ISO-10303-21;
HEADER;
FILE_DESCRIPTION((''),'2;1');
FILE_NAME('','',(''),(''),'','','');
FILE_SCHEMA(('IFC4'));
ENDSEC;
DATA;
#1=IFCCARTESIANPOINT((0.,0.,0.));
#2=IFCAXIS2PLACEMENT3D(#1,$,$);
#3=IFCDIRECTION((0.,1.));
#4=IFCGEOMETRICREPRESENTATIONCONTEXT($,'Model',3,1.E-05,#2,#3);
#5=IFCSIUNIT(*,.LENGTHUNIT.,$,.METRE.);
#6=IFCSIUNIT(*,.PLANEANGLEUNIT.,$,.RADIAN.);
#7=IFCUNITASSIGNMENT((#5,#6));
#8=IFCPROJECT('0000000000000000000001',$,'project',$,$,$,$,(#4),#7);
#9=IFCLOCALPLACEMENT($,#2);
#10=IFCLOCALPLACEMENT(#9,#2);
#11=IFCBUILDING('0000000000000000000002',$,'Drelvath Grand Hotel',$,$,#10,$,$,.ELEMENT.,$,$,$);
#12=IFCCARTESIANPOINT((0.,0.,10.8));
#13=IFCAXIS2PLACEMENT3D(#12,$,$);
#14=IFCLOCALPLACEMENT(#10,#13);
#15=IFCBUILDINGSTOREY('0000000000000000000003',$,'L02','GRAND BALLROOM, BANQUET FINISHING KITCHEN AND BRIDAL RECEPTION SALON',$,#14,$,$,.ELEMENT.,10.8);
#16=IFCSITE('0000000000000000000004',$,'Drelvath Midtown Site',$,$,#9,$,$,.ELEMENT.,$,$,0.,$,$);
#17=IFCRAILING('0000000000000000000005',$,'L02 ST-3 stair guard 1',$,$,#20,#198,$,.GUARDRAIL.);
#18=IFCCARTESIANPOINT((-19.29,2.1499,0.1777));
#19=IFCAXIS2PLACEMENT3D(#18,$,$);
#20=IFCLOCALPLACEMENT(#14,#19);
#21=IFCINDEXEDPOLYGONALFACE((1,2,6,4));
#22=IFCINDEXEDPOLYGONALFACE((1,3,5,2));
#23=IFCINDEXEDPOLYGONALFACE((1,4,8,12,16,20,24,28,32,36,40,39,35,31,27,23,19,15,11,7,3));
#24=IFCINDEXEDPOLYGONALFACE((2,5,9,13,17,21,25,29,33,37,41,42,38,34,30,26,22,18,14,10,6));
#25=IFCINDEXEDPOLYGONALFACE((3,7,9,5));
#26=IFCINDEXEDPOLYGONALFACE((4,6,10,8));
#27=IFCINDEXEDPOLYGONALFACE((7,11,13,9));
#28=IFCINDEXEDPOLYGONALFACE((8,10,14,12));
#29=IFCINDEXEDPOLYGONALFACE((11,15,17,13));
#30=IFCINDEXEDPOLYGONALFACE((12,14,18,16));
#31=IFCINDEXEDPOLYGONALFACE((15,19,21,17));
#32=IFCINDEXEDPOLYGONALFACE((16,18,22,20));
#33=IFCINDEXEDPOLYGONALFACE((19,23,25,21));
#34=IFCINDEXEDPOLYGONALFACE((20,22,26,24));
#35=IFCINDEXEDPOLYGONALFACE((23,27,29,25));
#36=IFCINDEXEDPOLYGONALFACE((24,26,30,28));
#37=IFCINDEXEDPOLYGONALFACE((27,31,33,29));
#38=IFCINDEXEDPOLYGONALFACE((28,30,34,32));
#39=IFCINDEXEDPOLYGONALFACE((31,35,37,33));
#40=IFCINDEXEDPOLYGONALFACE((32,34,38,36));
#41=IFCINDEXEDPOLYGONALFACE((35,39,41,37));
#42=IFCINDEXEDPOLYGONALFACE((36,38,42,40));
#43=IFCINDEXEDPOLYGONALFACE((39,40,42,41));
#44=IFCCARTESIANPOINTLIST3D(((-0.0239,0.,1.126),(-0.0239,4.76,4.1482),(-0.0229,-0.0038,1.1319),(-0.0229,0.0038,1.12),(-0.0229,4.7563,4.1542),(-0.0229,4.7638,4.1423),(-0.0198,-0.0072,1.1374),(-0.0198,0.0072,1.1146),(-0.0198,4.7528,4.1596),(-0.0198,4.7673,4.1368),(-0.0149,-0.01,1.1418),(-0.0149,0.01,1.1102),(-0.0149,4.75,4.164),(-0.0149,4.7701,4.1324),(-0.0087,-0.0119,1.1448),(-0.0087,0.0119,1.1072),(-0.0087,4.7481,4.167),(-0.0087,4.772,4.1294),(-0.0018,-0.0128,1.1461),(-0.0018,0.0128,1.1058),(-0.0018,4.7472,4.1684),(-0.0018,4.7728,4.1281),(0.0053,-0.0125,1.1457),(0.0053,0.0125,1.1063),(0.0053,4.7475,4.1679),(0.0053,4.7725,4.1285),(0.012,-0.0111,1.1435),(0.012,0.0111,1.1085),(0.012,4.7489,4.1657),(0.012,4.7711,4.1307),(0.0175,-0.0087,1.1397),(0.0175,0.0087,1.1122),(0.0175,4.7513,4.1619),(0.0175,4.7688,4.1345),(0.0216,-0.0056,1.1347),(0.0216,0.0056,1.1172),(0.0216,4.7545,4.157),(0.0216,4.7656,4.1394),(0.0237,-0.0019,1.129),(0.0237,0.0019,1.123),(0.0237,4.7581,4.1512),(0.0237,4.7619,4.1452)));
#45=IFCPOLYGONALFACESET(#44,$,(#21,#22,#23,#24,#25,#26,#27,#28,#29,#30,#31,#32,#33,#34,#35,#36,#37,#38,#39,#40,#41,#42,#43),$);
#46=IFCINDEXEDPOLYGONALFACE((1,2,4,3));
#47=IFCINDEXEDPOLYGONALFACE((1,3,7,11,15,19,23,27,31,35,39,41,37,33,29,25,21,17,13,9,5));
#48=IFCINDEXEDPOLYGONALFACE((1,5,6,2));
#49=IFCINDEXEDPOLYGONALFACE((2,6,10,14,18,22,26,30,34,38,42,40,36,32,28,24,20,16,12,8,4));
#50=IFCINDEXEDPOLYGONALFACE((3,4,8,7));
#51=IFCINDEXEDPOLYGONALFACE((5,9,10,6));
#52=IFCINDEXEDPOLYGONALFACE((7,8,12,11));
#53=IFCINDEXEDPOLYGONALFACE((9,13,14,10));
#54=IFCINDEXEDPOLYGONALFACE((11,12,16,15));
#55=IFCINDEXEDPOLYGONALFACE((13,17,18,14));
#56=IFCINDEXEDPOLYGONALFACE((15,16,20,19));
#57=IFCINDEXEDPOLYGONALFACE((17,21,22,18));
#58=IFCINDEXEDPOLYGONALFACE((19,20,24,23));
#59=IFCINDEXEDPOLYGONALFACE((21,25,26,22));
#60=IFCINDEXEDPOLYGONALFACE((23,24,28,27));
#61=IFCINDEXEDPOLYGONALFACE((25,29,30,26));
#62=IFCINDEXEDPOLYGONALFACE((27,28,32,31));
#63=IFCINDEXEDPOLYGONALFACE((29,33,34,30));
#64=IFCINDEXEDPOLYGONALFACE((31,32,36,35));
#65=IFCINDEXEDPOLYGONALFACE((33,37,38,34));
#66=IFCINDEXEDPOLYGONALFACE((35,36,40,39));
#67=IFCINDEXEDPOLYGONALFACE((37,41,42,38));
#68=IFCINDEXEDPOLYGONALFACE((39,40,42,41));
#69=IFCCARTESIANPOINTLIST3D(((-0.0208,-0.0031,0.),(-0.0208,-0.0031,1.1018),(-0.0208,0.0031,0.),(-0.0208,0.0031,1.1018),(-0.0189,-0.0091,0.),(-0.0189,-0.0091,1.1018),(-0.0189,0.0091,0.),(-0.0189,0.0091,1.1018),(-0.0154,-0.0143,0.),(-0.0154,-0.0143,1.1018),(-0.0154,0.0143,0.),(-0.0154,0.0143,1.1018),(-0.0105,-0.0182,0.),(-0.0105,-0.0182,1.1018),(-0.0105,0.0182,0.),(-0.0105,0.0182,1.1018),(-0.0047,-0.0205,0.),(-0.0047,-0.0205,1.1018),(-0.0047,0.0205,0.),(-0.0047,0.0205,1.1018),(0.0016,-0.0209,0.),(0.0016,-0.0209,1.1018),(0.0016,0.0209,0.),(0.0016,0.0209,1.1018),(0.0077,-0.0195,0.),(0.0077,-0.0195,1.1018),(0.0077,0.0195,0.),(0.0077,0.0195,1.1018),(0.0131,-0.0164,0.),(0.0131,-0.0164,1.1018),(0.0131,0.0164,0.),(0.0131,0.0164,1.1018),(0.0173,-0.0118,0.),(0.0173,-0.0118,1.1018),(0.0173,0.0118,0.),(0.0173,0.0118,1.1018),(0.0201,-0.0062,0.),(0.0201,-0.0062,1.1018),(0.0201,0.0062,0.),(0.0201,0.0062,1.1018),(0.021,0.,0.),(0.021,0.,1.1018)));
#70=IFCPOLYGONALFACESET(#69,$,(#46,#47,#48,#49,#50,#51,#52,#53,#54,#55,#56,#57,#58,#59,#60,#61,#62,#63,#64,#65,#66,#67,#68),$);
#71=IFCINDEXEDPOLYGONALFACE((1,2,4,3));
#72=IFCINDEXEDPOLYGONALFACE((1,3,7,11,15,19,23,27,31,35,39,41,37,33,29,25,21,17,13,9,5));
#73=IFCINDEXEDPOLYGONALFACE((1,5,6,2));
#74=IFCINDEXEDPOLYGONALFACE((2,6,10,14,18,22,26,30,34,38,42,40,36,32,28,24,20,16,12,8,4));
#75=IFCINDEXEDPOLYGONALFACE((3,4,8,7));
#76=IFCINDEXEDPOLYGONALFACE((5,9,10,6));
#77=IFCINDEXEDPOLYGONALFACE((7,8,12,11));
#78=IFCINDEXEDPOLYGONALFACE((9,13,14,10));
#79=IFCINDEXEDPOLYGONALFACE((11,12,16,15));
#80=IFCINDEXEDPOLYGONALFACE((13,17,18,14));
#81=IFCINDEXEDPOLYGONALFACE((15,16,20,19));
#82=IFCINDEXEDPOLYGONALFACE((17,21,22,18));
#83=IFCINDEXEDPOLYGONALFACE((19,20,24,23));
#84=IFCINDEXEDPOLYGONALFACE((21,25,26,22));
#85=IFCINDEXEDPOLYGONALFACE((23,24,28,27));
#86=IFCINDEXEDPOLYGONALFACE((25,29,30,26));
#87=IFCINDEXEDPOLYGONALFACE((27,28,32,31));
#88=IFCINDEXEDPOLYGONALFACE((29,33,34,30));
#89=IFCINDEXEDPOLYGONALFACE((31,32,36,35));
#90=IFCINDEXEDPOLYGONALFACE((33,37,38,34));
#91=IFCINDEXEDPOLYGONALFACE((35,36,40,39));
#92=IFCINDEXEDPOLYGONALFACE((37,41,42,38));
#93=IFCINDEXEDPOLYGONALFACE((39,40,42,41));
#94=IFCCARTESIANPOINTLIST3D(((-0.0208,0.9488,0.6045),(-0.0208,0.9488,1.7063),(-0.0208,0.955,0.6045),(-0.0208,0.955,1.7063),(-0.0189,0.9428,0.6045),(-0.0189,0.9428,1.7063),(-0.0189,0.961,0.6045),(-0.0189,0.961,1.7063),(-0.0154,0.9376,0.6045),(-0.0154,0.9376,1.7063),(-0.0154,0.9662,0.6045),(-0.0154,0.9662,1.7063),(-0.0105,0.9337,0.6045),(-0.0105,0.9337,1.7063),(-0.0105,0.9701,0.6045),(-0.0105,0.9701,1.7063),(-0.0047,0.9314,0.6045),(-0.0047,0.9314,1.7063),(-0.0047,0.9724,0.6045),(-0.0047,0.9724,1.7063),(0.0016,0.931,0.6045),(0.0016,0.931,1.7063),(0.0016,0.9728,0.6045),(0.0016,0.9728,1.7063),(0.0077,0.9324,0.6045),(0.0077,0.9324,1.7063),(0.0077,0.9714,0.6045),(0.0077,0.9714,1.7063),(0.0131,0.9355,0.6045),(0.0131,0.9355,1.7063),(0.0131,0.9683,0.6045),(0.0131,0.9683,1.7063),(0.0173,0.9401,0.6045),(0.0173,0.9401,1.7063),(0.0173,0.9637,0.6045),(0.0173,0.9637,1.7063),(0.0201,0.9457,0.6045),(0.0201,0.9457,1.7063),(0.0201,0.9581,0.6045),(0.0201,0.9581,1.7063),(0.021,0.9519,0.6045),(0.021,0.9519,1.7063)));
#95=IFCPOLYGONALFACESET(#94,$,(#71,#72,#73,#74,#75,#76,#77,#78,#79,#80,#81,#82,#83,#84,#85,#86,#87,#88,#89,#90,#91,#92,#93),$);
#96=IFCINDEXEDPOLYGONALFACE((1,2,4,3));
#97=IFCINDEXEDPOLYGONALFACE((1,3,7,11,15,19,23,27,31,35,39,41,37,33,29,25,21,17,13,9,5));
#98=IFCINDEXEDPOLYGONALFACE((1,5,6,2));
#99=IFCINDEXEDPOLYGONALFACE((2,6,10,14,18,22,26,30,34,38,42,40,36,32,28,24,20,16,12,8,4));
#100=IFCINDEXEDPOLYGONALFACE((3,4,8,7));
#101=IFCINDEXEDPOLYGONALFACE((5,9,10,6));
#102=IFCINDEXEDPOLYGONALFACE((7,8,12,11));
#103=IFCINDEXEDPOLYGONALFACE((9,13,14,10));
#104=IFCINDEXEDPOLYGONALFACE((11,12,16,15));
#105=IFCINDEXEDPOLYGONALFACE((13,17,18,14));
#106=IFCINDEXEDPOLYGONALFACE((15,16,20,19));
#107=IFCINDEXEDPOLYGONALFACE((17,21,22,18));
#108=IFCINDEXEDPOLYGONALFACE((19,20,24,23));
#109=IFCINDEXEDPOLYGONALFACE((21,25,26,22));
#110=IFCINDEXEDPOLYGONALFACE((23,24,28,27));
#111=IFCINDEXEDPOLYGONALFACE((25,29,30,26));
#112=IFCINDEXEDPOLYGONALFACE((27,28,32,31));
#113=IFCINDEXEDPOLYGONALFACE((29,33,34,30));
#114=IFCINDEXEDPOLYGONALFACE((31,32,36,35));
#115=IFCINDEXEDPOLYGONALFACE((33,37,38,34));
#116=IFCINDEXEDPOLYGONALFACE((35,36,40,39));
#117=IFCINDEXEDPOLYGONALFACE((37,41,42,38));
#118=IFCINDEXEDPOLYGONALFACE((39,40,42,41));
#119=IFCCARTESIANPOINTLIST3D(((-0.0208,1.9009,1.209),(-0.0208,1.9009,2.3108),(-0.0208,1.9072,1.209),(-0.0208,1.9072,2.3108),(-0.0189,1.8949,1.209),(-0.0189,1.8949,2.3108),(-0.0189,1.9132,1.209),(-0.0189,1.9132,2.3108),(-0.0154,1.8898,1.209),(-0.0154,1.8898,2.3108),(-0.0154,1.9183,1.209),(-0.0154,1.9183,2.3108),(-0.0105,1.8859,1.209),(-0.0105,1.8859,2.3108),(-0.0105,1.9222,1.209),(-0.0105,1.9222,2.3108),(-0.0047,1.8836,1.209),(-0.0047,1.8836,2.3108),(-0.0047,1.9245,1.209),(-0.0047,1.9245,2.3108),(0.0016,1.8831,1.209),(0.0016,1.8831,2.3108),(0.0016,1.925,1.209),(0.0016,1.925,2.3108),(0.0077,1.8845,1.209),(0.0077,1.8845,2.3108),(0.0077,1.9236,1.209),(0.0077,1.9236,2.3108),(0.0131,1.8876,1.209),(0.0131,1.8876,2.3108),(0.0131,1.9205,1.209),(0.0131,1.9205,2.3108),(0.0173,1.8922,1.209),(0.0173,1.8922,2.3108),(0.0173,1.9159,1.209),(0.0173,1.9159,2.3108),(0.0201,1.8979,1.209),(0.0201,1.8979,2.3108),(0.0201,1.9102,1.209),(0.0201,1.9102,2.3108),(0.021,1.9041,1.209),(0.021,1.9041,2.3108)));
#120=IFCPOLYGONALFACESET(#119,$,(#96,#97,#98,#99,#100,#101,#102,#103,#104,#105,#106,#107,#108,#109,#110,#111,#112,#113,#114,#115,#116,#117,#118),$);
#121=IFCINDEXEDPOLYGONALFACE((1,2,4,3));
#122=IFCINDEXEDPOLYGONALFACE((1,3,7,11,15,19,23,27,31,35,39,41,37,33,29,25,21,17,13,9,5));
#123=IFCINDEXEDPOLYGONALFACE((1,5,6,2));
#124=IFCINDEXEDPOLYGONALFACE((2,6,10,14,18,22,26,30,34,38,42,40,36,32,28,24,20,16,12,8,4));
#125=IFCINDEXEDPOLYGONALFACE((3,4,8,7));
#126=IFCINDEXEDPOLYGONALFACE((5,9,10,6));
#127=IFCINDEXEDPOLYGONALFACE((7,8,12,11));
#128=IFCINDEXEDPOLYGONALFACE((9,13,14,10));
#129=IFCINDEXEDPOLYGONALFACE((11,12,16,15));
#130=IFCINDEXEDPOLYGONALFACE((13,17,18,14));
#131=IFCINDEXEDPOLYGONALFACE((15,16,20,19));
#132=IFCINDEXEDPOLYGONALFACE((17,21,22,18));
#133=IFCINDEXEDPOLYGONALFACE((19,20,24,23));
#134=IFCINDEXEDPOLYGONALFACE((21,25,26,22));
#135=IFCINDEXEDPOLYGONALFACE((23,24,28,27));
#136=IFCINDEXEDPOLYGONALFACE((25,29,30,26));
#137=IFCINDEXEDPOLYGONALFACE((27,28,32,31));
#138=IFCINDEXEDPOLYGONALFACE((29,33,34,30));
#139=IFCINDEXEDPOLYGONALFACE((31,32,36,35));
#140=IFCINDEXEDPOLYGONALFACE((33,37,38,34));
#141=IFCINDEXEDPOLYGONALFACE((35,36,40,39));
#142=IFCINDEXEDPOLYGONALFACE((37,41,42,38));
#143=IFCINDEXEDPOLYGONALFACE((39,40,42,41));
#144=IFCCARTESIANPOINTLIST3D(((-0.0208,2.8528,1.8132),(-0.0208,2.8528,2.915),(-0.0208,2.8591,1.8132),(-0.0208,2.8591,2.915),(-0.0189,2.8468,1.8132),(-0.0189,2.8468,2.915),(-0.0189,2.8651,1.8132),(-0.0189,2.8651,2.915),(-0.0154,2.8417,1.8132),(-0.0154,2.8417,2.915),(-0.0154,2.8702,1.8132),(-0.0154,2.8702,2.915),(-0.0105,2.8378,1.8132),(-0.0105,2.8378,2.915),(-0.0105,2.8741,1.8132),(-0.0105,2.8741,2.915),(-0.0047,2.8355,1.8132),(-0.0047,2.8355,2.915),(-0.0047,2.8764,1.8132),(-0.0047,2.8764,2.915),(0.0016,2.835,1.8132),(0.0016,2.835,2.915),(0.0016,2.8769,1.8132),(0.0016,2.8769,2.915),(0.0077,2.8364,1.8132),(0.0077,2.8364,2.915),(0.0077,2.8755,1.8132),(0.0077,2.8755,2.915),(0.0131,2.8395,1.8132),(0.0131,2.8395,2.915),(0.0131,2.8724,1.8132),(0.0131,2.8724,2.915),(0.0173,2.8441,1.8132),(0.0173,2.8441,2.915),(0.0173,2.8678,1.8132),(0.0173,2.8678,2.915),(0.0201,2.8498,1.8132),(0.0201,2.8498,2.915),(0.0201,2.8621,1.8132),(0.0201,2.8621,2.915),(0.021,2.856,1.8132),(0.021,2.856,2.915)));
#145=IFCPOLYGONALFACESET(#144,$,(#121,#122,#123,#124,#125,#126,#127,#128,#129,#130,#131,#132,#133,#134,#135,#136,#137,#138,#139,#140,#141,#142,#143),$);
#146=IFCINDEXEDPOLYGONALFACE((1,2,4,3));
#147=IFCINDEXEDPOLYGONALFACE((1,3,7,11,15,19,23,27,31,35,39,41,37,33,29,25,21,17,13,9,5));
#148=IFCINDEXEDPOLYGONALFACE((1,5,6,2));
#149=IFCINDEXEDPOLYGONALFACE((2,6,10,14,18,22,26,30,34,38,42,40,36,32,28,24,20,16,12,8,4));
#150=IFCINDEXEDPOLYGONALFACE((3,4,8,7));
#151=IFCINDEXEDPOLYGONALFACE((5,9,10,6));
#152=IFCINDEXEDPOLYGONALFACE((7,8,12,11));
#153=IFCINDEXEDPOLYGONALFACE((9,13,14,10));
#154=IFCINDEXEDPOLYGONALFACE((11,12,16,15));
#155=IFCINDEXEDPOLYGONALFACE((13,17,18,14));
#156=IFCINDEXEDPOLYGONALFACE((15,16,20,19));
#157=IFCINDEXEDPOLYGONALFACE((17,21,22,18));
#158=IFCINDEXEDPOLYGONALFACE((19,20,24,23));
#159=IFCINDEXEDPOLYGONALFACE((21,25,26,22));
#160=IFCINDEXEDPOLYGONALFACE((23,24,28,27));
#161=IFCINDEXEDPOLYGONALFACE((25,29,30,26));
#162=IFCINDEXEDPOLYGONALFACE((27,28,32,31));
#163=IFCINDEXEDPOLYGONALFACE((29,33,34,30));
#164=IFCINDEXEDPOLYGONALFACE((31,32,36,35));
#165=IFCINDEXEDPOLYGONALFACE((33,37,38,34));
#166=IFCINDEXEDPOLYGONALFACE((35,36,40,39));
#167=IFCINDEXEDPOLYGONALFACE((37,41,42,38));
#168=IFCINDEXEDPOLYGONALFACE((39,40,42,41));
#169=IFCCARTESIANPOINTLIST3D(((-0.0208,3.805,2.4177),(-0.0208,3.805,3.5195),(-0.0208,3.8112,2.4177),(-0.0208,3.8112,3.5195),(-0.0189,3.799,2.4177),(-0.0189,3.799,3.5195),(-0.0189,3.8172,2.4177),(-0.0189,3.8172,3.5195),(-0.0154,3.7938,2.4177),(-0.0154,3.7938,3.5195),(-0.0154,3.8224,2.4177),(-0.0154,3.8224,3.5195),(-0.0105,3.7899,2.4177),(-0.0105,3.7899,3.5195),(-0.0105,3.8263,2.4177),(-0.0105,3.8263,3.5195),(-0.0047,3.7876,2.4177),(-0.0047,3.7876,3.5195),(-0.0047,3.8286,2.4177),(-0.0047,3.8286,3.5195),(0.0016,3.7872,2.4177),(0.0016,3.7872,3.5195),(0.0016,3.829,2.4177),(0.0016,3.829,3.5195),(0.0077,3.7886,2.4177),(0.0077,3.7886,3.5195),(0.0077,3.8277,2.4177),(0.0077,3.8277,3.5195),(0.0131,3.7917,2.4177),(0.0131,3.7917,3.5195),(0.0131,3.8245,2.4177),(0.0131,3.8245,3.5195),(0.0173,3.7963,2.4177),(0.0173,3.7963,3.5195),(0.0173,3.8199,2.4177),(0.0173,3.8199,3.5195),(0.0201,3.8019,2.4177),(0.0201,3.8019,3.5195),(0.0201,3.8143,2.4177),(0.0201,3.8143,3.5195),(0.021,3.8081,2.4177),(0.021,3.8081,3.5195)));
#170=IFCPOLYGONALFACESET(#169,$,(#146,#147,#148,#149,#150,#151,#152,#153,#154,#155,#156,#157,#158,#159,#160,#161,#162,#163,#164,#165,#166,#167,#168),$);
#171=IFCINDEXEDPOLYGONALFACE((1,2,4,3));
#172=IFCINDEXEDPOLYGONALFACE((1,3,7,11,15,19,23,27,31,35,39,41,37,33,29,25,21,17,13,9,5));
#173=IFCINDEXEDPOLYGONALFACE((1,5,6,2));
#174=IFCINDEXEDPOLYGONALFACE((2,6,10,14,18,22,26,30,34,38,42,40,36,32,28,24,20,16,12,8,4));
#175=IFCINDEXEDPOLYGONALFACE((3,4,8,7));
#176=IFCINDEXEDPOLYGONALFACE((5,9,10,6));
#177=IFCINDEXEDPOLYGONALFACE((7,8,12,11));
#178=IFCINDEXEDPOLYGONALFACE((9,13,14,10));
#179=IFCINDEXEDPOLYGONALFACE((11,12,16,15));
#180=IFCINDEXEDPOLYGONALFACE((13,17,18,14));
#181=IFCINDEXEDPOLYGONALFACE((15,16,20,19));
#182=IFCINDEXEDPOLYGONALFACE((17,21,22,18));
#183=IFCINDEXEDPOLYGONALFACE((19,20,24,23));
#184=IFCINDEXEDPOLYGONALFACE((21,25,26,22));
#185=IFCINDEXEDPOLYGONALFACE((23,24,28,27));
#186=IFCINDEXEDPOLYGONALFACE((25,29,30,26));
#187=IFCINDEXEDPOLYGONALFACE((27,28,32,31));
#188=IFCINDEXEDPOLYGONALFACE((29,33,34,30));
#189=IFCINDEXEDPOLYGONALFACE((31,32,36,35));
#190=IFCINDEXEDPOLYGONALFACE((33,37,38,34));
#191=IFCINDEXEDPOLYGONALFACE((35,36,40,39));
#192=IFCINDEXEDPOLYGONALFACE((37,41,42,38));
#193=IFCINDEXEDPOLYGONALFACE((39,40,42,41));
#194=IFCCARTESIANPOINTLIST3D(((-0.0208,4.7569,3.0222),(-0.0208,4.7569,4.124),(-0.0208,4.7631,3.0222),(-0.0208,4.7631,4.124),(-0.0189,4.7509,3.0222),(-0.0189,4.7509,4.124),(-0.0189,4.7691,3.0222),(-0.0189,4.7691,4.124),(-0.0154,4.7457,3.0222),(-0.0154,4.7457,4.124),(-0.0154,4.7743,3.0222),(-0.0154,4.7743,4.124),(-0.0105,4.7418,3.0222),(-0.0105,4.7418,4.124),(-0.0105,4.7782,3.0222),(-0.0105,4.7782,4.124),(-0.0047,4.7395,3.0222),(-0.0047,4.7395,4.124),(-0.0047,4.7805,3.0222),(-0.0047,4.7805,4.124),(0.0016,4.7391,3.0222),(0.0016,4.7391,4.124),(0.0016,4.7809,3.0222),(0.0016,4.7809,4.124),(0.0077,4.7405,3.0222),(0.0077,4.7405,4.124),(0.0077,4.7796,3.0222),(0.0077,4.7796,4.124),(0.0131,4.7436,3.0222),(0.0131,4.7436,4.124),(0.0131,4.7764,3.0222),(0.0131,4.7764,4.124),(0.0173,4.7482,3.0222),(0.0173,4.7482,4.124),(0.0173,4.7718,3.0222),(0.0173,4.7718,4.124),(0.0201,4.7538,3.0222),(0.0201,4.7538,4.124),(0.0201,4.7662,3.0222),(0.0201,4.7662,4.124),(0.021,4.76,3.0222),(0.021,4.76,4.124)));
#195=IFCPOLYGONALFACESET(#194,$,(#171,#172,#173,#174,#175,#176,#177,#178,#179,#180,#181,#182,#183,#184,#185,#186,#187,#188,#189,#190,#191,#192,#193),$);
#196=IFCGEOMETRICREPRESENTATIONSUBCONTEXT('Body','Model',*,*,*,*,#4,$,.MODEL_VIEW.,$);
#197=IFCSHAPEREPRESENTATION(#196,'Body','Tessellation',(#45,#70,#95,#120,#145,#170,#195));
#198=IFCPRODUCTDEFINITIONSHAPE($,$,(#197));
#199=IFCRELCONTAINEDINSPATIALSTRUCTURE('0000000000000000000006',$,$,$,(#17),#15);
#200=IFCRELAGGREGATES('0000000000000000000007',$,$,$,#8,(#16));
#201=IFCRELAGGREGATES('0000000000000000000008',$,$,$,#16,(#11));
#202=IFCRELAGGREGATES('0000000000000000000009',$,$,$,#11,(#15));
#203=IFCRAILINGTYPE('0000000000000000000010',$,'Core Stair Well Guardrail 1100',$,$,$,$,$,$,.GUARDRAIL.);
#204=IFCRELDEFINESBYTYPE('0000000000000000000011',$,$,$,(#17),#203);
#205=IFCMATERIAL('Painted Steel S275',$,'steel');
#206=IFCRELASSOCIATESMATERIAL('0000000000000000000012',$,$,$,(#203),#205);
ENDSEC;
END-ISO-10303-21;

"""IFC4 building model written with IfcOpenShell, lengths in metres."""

from ifc_helpers import new_model, si_unit, direction, frame, origin, origin_2d, place, context, subcontext, project, spatial, circle, extrude, material, type_object, element, save


model = new_model("IFC4")

# Units and contexts
model_context = context("Model", 3, precision=1e-05, world=origin(), true_north=direction((0.0, 1.0)))
body_context = subcontext(model_context, "Body", "Model", "MODEL_VIEW")
ifc_project = project(units=[si_unit("LENGTHUNIT", "METRE"), si_unit("PLANEANGLEUNIT", "RADIAN")], contexts=[model_context])

# Site, building, storey
site_placement = place(None, origin())
site = spatial("IfcSite", under=ifc_project, at=site_placement, Name="Drelvath Midtown Site", CompositionType="ELEMENT", RefElevation=0.0)
building_placement = place(site_placement, origin())
building = spatial("IfcBuilding", under=site, at=building_placement, Name="Drelvath Grand Hotel", CompositionType="ELEMENT")
storey_placement = place(building_placement, frame((0.0, 0.0, 10.8)))
storey = spatial("IfcBuildingStorey", under=building, at=storey_placement, Name="L02", Description="GRAND BALLROOM, BANQUET FINISHING KITCHEN AND BRIDAL RECEPTION SALON", CompositionType="ELEMENT", Elevation=10.8)

# Shared definitions
ifc_material_1 = material(Name="Painted Steel S275", Category="steel")

# Railing
railing_type_1 = type_object("IfcRailingType", Name="Core Stair Well Guardrail 1100", PredefinedType="GUARDRAIL", material=ifc_material_1)
railing_1_placement = place(storey_placement, frame((-19.29, 2.1499, 0.1777)))
element("IfcRailing", 1, at=railing_1_placement, inside=storey, type_object=railing_type_1, Name="L02 ST-3 stair guard 1", PredefinedType="GUARDRAIL", context=body_context, shape_type="SweptSolid", body=[
    extrude(circle(Radius=0.0239, at=origin_2d()), frame((0.0, 0.0, 1.126), z_axis=(0.0, 0.844214, 0.536007), x_axis=(-1.0, 0.0, 0.0)), (0.0, 0.0, 1.0), 5.6384),
    extrude(circle(Radius=0.021, at=origin_2d()), origin(), (0.0, 0.0, 1.0), 1.1018),
    extrude(circle(Radius=0.021, at=origin_2d()), frame((0.0, 0.9519, 0.6045)), (0.0, 0.0, 1.0), 1.1018),
    extrude(circle(Radius=0.021, at=origin_2d()), frame((0.0, 1.9041, 1.209)), (0.0, 0.0, 1.0), 1.1018),
    extrude(circle(Radius=0.021, at=origin_2d()), frame((0.0, 2.856, 1.8132)), (0.0, 0.0, 1.0), 1.1018),
    extrude(circle(Radius=0.021, at=origin_2d()), frame((0.0, 3.8081, 2.4177)), (0.0, 0.0, 1.0), 1.1018),
    extrude(circle(Radius=0.021, at=origin_2d()), frame((0.0, 4.76, 3.0222)), (0.0, 0.0, 1.0), 1.1018),
])

save(model, "model.ifc")
